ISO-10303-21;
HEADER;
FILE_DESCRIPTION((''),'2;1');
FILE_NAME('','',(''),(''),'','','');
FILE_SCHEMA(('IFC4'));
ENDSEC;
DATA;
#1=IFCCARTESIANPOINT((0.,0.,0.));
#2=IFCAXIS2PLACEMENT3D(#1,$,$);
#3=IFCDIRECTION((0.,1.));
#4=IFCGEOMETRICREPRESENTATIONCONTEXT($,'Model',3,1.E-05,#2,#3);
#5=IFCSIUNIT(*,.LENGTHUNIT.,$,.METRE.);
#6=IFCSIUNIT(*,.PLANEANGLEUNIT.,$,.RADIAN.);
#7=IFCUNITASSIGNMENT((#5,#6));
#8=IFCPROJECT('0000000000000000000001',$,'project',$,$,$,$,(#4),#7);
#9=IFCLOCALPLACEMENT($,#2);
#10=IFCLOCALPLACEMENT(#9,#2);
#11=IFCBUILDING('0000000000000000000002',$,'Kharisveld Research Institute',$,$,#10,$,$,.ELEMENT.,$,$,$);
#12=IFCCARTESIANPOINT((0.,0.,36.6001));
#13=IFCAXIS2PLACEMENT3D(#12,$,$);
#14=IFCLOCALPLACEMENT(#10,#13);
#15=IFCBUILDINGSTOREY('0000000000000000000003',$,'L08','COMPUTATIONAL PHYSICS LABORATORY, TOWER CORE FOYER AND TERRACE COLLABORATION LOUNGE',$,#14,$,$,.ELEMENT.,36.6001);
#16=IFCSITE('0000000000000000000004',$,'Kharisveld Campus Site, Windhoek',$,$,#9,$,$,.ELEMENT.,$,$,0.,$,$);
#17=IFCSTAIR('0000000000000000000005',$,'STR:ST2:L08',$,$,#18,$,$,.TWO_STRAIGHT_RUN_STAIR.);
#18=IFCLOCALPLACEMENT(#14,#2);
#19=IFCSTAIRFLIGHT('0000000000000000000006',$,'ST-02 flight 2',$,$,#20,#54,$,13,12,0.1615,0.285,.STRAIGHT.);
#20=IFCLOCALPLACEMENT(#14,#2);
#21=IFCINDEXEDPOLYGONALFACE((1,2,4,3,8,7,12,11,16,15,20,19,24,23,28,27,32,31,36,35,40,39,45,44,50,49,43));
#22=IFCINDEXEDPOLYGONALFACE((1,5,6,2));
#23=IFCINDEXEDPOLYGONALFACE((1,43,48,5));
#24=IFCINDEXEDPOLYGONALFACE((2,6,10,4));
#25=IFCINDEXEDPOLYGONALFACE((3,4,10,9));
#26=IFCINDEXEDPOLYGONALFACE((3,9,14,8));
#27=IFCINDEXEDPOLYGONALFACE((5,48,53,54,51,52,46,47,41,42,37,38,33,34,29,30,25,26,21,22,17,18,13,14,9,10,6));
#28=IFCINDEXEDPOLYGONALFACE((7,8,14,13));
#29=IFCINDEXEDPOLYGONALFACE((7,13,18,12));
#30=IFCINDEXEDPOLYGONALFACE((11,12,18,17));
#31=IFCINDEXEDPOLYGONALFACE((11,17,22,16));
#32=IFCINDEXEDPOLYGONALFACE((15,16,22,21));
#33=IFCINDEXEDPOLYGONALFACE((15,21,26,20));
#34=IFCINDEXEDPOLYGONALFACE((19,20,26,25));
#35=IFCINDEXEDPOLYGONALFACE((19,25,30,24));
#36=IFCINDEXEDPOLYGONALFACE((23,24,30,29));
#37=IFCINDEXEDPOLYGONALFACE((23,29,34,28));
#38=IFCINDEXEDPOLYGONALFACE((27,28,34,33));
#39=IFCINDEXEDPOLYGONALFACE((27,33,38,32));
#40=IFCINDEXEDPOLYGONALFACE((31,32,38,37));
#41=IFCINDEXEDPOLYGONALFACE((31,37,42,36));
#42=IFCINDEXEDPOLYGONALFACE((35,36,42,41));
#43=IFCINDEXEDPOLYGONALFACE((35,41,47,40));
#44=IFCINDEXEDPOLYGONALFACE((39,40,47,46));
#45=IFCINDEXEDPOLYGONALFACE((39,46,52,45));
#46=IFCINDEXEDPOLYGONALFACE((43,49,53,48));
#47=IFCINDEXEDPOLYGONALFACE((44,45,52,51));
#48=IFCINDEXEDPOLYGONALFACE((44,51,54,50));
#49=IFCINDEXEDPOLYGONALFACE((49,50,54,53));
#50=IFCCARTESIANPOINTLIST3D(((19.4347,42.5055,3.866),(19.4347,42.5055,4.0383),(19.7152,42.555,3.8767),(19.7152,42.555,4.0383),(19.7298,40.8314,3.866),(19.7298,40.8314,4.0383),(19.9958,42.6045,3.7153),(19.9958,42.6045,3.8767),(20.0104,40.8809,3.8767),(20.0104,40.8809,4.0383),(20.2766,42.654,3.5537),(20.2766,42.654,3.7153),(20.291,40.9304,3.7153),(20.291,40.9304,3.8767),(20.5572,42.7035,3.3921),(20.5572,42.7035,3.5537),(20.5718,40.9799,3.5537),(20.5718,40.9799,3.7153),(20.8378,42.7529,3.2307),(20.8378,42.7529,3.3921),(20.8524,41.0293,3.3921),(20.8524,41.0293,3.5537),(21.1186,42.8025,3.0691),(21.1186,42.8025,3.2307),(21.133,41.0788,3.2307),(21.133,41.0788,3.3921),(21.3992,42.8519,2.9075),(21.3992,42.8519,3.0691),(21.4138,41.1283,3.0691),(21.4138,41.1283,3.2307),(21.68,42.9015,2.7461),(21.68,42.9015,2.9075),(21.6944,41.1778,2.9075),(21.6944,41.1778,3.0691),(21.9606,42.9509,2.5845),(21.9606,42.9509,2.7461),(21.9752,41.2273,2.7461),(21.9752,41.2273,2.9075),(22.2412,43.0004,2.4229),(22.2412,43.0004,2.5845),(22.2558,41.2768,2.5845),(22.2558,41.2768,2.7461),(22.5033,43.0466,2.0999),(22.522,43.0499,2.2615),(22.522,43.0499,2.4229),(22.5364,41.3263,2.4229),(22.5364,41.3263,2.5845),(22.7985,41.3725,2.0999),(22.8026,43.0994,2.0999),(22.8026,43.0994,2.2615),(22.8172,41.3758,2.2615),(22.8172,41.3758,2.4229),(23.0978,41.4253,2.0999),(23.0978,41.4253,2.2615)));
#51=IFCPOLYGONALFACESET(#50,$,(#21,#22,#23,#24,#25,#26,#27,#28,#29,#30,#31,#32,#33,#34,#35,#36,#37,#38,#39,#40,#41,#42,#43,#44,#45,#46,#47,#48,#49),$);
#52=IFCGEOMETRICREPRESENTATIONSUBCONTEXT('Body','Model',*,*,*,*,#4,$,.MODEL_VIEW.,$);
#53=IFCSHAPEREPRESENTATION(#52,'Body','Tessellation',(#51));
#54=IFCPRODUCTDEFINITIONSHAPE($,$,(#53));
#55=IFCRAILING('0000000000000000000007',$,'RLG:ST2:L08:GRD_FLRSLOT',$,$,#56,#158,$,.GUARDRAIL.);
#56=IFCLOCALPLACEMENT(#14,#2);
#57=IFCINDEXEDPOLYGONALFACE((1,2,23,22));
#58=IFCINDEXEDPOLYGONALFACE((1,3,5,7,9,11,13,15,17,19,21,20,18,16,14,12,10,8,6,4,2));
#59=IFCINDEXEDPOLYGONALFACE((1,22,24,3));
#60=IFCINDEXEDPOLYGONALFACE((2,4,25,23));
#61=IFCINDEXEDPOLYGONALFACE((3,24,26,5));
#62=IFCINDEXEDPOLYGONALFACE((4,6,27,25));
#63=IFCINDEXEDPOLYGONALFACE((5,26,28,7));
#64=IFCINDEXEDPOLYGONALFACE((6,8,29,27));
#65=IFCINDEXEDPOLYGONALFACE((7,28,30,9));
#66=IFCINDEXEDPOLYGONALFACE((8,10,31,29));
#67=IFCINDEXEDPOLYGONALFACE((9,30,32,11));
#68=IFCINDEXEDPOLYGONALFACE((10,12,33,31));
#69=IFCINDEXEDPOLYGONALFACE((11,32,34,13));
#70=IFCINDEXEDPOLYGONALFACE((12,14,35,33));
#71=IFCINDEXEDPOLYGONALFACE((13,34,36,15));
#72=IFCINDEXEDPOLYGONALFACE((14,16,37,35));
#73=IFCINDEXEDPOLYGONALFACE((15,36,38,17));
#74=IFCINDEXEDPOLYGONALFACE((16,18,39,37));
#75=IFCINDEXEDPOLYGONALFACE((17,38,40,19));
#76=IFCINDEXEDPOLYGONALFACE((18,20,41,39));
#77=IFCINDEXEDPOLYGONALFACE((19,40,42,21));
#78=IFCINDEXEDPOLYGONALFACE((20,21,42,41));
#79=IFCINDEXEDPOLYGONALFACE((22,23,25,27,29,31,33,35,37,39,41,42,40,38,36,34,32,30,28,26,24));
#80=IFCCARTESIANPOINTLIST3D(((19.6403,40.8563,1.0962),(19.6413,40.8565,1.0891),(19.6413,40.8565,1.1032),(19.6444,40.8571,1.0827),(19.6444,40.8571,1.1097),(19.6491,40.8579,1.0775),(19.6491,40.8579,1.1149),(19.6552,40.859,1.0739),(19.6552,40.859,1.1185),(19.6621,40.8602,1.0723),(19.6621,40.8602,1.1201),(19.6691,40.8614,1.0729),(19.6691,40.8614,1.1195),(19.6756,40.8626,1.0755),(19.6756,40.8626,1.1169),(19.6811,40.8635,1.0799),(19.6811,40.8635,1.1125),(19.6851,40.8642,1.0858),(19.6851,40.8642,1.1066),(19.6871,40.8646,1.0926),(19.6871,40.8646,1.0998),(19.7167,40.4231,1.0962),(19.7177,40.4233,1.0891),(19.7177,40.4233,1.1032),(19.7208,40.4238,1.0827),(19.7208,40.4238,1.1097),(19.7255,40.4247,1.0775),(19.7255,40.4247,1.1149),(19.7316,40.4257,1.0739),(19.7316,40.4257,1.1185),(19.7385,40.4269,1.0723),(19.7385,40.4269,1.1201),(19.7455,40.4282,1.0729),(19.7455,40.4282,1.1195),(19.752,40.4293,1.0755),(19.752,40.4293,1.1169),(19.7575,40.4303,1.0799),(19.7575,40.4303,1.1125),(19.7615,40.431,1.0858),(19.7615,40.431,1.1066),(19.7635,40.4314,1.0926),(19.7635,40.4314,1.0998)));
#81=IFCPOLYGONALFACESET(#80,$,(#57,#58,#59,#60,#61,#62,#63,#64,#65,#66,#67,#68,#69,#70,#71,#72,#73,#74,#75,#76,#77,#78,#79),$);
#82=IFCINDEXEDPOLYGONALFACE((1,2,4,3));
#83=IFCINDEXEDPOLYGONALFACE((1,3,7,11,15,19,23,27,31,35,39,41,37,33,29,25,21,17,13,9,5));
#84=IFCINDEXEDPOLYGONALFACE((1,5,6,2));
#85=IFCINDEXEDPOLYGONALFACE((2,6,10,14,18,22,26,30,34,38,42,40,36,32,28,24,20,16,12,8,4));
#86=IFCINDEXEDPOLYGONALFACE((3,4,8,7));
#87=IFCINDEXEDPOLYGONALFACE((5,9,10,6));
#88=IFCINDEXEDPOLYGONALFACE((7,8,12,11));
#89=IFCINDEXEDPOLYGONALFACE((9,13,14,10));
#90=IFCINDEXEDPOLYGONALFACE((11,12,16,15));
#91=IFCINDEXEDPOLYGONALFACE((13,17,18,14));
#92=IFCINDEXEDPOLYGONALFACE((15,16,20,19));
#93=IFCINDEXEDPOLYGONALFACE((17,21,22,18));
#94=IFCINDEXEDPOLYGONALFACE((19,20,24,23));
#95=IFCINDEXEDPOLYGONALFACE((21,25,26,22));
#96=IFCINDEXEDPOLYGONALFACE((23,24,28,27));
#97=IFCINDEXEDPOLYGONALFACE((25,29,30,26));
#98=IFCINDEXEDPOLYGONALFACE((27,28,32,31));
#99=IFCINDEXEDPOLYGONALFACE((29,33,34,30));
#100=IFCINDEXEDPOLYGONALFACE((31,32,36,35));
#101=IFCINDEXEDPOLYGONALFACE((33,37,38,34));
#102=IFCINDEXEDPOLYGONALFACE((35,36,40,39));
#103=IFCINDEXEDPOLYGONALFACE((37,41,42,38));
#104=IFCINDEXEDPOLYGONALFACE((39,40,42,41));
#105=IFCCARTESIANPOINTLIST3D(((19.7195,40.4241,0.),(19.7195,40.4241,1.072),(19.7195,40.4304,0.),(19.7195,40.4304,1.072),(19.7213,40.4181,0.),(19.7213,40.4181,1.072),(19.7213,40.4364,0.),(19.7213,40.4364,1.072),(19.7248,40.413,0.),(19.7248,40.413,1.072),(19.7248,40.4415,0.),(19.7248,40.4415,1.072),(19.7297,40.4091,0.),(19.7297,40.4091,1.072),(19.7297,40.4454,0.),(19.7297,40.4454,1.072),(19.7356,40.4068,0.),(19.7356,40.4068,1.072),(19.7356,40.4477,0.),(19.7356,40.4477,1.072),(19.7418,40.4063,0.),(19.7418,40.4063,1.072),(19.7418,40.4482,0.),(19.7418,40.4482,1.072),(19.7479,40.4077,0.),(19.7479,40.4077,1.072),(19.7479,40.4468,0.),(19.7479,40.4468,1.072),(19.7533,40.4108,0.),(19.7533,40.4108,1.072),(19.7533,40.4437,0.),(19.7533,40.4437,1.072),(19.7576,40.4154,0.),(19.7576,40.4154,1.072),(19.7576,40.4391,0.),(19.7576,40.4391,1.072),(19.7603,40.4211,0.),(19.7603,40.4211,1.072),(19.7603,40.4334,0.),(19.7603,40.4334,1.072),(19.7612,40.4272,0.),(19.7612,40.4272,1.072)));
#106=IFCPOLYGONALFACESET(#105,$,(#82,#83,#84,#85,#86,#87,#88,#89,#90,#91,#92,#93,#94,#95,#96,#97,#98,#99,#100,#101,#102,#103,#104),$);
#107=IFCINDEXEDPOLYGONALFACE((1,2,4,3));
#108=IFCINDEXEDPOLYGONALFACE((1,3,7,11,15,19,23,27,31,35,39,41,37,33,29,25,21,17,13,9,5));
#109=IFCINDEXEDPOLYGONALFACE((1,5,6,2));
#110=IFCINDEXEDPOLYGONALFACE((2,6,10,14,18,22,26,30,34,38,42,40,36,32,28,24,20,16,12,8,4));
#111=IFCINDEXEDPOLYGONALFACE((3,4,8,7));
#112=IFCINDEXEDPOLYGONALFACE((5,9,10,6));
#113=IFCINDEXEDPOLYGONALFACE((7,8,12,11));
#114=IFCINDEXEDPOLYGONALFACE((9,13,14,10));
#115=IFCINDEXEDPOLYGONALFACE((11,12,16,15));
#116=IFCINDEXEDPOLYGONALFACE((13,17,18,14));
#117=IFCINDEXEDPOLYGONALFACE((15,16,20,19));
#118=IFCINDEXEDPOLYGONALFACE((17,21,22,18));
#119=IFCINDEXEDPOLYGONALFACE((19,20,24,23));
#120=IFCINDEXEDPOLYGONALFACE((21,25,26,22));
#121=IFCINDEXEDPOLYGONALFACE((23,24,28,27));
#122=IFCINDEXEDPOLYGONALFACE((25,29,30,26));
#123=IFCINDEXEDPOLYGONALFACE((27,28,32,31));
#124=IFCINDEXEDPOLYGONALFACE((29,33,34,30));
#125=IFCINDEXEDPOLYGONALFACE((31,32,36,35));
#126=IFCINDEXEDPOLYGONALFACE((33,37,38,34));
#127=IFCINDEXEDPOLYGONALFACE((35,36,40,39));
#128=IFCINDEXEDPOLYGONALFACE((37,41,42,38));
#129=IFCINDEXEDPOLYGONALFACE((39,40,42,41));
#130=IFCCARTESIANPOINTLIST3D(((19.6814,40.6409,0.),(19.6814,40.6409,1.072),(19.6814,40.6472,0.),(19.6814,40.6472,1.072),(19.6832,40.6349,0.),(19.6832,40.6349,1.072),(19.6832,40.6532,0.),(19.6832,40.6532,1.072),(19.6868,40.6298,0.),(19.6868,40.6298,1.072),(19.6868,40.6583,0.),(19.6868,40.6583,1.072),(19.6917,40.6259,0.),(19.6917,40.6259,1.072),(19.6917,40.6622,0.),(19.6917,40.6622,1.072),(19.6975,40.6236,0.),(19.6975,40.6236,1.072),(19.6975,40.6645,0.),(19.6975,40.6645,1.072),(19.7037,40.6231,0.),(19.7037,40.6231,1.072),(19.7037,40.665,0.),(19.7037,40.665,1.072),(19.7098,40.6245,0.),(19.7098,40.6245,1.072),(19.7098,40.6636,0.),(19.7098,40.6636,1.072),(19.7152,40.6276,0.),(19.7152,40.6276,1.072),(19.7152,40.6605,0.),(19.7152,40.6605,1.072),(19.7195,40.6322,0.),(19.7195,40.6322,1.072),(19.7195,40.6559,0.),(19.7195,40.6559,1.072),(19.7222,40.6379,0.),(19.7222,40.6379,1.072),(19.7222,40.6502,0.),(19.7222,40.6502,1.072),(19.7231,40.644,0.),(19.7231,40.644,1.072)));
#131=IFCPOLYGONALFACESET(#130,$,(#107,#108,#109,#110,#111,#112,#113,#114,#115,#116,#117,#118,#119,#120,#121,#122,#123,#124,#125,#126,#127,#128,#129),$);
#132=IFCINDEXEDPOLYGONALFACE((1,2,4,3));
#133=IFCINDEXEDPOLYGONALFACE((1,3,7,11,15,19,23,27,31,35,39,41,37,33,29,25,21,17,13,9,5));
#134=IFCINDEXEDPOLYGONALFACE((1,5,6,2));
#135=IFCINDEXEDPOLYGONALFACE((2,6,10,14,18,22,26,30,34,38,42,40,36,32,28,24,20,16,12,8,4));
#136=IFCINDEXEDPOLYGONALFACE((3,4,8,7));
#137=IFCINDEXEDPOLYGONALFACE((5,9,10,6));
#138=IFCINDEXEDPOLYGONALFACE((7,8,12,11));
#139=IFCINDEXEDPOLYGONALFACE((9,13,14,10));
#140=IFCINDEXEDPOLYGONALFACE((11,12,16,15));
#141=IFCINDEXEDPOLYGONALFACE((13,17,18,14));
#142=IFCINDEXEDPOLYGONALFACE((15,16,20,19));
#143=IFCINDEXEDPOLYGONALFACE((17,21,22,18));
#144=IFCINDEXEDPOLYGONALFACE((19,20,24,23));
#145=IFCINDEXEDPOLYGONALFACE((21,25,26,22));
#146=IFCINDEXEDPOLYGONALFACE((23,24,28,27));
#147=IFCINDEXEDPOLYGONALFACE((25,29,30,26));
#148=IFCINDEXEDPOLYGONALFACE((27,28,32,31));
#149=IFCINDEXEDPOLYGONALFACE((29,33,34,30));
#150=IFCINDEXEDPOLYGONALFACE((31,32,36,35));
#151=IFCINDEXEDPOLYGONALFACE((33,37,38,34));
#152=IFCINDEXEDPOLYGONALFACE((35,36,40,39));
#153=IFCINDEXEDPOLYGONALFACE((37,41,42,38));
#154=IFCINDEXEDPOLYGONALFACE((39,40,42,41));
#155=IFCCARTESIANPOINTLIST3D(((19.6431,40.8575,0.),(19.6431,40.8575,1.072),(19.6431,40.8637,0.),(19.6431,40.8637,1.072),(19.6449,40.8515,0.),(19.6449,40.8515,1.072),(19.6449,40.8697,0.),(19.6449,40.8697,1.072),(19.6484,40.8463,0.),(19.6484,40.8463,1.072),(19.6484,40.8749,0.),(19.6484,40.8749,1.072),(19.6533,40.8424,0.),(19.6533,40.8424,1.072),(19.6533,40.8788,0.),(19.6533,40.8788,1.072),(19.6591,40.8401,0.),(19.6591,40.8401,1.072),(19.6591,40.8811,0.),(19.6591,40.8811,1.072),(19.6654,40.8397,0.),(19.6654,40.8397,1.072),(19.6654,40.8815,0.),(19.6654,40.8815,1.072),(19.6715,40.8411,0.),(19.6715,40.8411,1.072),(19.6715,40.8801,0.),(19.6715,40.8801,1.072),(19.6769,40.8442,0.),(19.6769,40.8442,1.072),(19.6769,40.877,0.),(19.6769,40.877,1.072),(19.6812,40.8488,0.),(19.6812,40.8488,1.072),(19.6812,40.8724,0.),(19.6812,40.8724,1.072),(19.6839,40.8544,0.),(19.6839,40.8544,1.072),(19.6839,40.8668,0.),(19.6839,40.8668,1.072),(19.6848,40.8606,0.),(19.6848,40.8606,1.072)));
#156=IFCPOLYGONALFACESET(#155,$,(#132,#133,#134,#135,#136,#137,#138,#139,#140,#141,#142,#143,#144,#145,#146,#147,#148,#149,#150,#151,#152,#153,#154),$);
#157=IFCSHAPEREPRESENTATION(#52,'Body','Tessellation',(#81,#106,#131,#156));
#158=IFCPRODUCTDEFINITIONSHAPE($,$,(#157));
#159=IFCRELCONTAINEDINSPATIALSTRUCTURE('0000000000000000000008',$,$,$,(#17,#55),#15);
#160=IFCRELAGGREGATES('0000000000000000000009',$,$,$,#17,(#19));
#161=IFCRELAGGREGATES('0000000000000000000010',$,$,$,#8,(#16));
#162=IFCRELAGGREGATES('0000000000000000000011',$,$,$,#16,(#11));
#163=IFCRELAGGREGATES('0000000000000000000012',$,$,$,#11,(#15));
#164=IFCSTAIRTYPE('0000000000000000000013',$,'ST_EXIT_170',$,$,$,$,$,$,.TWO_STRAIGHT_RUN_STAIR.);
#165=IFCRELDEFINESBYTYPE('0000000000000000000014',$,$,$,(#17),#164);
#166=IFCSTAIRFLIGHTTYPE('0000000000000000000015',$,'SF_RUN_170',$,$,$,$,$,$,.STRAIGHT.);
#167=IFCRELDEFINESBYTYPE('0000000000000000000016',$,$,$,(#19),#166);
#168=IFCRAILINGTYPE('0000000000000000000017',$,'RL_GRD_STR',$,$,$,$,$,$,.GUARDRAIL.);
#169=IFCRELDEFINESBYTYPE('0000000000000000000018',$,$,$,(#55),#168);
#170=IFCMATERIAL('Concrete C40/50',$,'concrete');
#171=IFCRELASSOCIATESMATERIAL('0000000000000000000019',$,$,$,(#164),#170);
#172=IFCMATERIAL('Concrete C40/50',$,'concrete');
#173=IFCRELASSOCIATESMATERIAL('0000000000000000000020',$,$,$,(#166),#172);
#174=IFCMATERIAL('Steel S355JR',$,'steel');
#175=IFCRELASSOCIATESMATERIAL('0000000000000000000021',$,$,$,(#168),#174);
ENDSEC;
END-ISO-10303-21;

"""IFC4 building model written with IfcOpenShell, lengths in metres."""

from ifc_helpers import new_model, si_unit, direction, frame, origin, origin_2d, place, context, subcontext, project, spatial, polyline, circle, outline, extrude, material, type_object, element, aggregate, save


model = new_model("IFC4")

# Units and contexts
model_context = context("Model", 3, precision=1e-05, world=origin(), true_north=direction((0.0, 1.0)))
body_context = subcontext(model_context, "Body", "Model", "MODEL_VIEW")
ifc_project = project(units=[si_unit("LENGTHUNIT", "METRE"), si_unit("PLANEANGLEUNIT", "RADIAN")], contexts=[model_context])

# Site, building, storey
site_placement = place(None, origin())
site = spatial("IfcSite", under=ifc_project, at=site_placement, Name="Kharisveld Campus Site, Windhoek", CompositionType="ELEMENT", RefElevation=0.0)
building_placement = place(site_placement, origin())
building = spatial("IfcBuilding", under=site, at=building_placement, Name="Kharisveld Research Institute", CompositionType="ELEMENT")
storey_placement = place(building_placement, frame((0.0, 0.0, 36.6001)))
storey = spatial("IfcBuildingStorey", under=building, at=storey_placement, Name="L08", Description="COMPUTATIONAL PHYSICS LABORATORY, TOWER CORE FOYER AND TERRACE COLLABORATION LOUNGE", CompositionType="ELEMENT", Elevation=36.6001)

# Stair, stair flight
ifc_material_1 = material(Name="Concrete C40/50", Category="concrete")
stair_type = type_object("IfcStairType", Name="ST_EXIT_170", PredefinedType="TWO_STRAIGHT_RUN_STAIR", material=ifc_material_1)
stair_placement = place(storey_placement, origin())
stair = element("IfcStair", 1, at=stair_placement, inside=storey, type_object=stair_type, Name="STR:ST2:L08", PredefinedType="TWO_STRAIGHT_RUN_STAIR")
ifc_material_2 = material(Name="Concrete C40/50", Category="concrete")
stair_flight_type = type_object("IfcStairFlightType", Name="SF_RUN_170", PredefinedType="STRAIGHT", material=ifc_material_2)
stair_flight_1_placement = place(storey_placement, frame((22.9502, 42.2625, 2.0999), z_axis=(0.0, 0.0, 1.0), x_axis=(-0.984808, -0.173648, 0.0)))
stair_flight_1 = element("IfcStairFlight", 2, at=stair_flight_1_placement, type_object=stair_flight_type, Name="ST-02 flight 2", NumberOfRisers=13, NumberOfTreads=12, PredefinedType="STRAIGHT", RiserHeight=0.1615, TreadLength=0.285, context=body_context, shape_type="SweptSolid", body=[
    extrude(outline(polyline([(0.0, 0.0), (0.0, 0.1616), (0.2849, 0.1616), (0.2849, 0.323), (0.5701, 0.323), (0.5701, 0.4846), (0.855, 0.4846), (0.855, 0.6462), (1.1399, 0.6462), (1.1399, 0.8076), (1.425, 0.8076), (1.425, 0.9692), (1.71, 0.9692), (1.71, 1.1309), (1.9951, 1.1309), (1.9951, 1.2922), (2.28, 1.2922), (2.28, 1.4539), (2.5649, 1.4539), (2.5649, 1.6155), (2.8501, 1.6155), (2.8501, 1.7769), (3.135, 1.7769), (3.135, 1.9385), (3.4199, 1.9385), (3.4199, 2.1001), (3.4199, 1.7661), (0.304, 0.0), (0.0, 0.0)])), frame((0.0, 0.8501, 0.0), z_axis=(0.0, -1.0, 0.0), x_axis=(1.0, 0.0, 0.0)), (0.0, 0.0, 1.0), 1.7),
])
aggregate(stair, [stair_flight_1])

# Railing
ifc_material_3 = material(Name="Steel S355JR", Category="steel")
railing_type_1 = type_object("IfcRailingType", Name="RL_GRD_STR", PredefinedType="GUARDRAIL", material=ifc_material_3)
railing_1_placement = place(storey_placement, frame((19.7402, 40.4272, 0.0)))
element("IfcRailing", 3, at=railing_1_placement, inside=storey, type_object=railing_type_1, Name="RLG:ST2:L08:GRD_FLRSLOT", PredefinedType="GUARDRAIL", context=body_context, shape_type="SweptSolid", body=[
    extrude(circle(Radius=0.0239, at=origin_2d()), frame((0.0, 0.0, 1.0962), z_axis=(-0.173659, 0.984806, 0.0), x_axis=(-0.984806, -0.173659, 0.0)), (0.0, 0.0, 1.0), 0.4399),
    extrude(circle(Radius=0.021, at=origin_2d()), origin(), (0.0, 0.0, 1.0), 1.072),
    extrude(circle(Radius=0.021, at=origin_2d()), frame((-0.0381, 0.2168, 0.0)), (0.0, 0.0, 1.0), 1.072),
    extrude(circle(Radius=0.021, at=origin_2d()), frame((-0.0764, 0.4333, 0.0)), (0.0, 0.0, 1.0), 1.072),
])

save(model, "model.ifc")
